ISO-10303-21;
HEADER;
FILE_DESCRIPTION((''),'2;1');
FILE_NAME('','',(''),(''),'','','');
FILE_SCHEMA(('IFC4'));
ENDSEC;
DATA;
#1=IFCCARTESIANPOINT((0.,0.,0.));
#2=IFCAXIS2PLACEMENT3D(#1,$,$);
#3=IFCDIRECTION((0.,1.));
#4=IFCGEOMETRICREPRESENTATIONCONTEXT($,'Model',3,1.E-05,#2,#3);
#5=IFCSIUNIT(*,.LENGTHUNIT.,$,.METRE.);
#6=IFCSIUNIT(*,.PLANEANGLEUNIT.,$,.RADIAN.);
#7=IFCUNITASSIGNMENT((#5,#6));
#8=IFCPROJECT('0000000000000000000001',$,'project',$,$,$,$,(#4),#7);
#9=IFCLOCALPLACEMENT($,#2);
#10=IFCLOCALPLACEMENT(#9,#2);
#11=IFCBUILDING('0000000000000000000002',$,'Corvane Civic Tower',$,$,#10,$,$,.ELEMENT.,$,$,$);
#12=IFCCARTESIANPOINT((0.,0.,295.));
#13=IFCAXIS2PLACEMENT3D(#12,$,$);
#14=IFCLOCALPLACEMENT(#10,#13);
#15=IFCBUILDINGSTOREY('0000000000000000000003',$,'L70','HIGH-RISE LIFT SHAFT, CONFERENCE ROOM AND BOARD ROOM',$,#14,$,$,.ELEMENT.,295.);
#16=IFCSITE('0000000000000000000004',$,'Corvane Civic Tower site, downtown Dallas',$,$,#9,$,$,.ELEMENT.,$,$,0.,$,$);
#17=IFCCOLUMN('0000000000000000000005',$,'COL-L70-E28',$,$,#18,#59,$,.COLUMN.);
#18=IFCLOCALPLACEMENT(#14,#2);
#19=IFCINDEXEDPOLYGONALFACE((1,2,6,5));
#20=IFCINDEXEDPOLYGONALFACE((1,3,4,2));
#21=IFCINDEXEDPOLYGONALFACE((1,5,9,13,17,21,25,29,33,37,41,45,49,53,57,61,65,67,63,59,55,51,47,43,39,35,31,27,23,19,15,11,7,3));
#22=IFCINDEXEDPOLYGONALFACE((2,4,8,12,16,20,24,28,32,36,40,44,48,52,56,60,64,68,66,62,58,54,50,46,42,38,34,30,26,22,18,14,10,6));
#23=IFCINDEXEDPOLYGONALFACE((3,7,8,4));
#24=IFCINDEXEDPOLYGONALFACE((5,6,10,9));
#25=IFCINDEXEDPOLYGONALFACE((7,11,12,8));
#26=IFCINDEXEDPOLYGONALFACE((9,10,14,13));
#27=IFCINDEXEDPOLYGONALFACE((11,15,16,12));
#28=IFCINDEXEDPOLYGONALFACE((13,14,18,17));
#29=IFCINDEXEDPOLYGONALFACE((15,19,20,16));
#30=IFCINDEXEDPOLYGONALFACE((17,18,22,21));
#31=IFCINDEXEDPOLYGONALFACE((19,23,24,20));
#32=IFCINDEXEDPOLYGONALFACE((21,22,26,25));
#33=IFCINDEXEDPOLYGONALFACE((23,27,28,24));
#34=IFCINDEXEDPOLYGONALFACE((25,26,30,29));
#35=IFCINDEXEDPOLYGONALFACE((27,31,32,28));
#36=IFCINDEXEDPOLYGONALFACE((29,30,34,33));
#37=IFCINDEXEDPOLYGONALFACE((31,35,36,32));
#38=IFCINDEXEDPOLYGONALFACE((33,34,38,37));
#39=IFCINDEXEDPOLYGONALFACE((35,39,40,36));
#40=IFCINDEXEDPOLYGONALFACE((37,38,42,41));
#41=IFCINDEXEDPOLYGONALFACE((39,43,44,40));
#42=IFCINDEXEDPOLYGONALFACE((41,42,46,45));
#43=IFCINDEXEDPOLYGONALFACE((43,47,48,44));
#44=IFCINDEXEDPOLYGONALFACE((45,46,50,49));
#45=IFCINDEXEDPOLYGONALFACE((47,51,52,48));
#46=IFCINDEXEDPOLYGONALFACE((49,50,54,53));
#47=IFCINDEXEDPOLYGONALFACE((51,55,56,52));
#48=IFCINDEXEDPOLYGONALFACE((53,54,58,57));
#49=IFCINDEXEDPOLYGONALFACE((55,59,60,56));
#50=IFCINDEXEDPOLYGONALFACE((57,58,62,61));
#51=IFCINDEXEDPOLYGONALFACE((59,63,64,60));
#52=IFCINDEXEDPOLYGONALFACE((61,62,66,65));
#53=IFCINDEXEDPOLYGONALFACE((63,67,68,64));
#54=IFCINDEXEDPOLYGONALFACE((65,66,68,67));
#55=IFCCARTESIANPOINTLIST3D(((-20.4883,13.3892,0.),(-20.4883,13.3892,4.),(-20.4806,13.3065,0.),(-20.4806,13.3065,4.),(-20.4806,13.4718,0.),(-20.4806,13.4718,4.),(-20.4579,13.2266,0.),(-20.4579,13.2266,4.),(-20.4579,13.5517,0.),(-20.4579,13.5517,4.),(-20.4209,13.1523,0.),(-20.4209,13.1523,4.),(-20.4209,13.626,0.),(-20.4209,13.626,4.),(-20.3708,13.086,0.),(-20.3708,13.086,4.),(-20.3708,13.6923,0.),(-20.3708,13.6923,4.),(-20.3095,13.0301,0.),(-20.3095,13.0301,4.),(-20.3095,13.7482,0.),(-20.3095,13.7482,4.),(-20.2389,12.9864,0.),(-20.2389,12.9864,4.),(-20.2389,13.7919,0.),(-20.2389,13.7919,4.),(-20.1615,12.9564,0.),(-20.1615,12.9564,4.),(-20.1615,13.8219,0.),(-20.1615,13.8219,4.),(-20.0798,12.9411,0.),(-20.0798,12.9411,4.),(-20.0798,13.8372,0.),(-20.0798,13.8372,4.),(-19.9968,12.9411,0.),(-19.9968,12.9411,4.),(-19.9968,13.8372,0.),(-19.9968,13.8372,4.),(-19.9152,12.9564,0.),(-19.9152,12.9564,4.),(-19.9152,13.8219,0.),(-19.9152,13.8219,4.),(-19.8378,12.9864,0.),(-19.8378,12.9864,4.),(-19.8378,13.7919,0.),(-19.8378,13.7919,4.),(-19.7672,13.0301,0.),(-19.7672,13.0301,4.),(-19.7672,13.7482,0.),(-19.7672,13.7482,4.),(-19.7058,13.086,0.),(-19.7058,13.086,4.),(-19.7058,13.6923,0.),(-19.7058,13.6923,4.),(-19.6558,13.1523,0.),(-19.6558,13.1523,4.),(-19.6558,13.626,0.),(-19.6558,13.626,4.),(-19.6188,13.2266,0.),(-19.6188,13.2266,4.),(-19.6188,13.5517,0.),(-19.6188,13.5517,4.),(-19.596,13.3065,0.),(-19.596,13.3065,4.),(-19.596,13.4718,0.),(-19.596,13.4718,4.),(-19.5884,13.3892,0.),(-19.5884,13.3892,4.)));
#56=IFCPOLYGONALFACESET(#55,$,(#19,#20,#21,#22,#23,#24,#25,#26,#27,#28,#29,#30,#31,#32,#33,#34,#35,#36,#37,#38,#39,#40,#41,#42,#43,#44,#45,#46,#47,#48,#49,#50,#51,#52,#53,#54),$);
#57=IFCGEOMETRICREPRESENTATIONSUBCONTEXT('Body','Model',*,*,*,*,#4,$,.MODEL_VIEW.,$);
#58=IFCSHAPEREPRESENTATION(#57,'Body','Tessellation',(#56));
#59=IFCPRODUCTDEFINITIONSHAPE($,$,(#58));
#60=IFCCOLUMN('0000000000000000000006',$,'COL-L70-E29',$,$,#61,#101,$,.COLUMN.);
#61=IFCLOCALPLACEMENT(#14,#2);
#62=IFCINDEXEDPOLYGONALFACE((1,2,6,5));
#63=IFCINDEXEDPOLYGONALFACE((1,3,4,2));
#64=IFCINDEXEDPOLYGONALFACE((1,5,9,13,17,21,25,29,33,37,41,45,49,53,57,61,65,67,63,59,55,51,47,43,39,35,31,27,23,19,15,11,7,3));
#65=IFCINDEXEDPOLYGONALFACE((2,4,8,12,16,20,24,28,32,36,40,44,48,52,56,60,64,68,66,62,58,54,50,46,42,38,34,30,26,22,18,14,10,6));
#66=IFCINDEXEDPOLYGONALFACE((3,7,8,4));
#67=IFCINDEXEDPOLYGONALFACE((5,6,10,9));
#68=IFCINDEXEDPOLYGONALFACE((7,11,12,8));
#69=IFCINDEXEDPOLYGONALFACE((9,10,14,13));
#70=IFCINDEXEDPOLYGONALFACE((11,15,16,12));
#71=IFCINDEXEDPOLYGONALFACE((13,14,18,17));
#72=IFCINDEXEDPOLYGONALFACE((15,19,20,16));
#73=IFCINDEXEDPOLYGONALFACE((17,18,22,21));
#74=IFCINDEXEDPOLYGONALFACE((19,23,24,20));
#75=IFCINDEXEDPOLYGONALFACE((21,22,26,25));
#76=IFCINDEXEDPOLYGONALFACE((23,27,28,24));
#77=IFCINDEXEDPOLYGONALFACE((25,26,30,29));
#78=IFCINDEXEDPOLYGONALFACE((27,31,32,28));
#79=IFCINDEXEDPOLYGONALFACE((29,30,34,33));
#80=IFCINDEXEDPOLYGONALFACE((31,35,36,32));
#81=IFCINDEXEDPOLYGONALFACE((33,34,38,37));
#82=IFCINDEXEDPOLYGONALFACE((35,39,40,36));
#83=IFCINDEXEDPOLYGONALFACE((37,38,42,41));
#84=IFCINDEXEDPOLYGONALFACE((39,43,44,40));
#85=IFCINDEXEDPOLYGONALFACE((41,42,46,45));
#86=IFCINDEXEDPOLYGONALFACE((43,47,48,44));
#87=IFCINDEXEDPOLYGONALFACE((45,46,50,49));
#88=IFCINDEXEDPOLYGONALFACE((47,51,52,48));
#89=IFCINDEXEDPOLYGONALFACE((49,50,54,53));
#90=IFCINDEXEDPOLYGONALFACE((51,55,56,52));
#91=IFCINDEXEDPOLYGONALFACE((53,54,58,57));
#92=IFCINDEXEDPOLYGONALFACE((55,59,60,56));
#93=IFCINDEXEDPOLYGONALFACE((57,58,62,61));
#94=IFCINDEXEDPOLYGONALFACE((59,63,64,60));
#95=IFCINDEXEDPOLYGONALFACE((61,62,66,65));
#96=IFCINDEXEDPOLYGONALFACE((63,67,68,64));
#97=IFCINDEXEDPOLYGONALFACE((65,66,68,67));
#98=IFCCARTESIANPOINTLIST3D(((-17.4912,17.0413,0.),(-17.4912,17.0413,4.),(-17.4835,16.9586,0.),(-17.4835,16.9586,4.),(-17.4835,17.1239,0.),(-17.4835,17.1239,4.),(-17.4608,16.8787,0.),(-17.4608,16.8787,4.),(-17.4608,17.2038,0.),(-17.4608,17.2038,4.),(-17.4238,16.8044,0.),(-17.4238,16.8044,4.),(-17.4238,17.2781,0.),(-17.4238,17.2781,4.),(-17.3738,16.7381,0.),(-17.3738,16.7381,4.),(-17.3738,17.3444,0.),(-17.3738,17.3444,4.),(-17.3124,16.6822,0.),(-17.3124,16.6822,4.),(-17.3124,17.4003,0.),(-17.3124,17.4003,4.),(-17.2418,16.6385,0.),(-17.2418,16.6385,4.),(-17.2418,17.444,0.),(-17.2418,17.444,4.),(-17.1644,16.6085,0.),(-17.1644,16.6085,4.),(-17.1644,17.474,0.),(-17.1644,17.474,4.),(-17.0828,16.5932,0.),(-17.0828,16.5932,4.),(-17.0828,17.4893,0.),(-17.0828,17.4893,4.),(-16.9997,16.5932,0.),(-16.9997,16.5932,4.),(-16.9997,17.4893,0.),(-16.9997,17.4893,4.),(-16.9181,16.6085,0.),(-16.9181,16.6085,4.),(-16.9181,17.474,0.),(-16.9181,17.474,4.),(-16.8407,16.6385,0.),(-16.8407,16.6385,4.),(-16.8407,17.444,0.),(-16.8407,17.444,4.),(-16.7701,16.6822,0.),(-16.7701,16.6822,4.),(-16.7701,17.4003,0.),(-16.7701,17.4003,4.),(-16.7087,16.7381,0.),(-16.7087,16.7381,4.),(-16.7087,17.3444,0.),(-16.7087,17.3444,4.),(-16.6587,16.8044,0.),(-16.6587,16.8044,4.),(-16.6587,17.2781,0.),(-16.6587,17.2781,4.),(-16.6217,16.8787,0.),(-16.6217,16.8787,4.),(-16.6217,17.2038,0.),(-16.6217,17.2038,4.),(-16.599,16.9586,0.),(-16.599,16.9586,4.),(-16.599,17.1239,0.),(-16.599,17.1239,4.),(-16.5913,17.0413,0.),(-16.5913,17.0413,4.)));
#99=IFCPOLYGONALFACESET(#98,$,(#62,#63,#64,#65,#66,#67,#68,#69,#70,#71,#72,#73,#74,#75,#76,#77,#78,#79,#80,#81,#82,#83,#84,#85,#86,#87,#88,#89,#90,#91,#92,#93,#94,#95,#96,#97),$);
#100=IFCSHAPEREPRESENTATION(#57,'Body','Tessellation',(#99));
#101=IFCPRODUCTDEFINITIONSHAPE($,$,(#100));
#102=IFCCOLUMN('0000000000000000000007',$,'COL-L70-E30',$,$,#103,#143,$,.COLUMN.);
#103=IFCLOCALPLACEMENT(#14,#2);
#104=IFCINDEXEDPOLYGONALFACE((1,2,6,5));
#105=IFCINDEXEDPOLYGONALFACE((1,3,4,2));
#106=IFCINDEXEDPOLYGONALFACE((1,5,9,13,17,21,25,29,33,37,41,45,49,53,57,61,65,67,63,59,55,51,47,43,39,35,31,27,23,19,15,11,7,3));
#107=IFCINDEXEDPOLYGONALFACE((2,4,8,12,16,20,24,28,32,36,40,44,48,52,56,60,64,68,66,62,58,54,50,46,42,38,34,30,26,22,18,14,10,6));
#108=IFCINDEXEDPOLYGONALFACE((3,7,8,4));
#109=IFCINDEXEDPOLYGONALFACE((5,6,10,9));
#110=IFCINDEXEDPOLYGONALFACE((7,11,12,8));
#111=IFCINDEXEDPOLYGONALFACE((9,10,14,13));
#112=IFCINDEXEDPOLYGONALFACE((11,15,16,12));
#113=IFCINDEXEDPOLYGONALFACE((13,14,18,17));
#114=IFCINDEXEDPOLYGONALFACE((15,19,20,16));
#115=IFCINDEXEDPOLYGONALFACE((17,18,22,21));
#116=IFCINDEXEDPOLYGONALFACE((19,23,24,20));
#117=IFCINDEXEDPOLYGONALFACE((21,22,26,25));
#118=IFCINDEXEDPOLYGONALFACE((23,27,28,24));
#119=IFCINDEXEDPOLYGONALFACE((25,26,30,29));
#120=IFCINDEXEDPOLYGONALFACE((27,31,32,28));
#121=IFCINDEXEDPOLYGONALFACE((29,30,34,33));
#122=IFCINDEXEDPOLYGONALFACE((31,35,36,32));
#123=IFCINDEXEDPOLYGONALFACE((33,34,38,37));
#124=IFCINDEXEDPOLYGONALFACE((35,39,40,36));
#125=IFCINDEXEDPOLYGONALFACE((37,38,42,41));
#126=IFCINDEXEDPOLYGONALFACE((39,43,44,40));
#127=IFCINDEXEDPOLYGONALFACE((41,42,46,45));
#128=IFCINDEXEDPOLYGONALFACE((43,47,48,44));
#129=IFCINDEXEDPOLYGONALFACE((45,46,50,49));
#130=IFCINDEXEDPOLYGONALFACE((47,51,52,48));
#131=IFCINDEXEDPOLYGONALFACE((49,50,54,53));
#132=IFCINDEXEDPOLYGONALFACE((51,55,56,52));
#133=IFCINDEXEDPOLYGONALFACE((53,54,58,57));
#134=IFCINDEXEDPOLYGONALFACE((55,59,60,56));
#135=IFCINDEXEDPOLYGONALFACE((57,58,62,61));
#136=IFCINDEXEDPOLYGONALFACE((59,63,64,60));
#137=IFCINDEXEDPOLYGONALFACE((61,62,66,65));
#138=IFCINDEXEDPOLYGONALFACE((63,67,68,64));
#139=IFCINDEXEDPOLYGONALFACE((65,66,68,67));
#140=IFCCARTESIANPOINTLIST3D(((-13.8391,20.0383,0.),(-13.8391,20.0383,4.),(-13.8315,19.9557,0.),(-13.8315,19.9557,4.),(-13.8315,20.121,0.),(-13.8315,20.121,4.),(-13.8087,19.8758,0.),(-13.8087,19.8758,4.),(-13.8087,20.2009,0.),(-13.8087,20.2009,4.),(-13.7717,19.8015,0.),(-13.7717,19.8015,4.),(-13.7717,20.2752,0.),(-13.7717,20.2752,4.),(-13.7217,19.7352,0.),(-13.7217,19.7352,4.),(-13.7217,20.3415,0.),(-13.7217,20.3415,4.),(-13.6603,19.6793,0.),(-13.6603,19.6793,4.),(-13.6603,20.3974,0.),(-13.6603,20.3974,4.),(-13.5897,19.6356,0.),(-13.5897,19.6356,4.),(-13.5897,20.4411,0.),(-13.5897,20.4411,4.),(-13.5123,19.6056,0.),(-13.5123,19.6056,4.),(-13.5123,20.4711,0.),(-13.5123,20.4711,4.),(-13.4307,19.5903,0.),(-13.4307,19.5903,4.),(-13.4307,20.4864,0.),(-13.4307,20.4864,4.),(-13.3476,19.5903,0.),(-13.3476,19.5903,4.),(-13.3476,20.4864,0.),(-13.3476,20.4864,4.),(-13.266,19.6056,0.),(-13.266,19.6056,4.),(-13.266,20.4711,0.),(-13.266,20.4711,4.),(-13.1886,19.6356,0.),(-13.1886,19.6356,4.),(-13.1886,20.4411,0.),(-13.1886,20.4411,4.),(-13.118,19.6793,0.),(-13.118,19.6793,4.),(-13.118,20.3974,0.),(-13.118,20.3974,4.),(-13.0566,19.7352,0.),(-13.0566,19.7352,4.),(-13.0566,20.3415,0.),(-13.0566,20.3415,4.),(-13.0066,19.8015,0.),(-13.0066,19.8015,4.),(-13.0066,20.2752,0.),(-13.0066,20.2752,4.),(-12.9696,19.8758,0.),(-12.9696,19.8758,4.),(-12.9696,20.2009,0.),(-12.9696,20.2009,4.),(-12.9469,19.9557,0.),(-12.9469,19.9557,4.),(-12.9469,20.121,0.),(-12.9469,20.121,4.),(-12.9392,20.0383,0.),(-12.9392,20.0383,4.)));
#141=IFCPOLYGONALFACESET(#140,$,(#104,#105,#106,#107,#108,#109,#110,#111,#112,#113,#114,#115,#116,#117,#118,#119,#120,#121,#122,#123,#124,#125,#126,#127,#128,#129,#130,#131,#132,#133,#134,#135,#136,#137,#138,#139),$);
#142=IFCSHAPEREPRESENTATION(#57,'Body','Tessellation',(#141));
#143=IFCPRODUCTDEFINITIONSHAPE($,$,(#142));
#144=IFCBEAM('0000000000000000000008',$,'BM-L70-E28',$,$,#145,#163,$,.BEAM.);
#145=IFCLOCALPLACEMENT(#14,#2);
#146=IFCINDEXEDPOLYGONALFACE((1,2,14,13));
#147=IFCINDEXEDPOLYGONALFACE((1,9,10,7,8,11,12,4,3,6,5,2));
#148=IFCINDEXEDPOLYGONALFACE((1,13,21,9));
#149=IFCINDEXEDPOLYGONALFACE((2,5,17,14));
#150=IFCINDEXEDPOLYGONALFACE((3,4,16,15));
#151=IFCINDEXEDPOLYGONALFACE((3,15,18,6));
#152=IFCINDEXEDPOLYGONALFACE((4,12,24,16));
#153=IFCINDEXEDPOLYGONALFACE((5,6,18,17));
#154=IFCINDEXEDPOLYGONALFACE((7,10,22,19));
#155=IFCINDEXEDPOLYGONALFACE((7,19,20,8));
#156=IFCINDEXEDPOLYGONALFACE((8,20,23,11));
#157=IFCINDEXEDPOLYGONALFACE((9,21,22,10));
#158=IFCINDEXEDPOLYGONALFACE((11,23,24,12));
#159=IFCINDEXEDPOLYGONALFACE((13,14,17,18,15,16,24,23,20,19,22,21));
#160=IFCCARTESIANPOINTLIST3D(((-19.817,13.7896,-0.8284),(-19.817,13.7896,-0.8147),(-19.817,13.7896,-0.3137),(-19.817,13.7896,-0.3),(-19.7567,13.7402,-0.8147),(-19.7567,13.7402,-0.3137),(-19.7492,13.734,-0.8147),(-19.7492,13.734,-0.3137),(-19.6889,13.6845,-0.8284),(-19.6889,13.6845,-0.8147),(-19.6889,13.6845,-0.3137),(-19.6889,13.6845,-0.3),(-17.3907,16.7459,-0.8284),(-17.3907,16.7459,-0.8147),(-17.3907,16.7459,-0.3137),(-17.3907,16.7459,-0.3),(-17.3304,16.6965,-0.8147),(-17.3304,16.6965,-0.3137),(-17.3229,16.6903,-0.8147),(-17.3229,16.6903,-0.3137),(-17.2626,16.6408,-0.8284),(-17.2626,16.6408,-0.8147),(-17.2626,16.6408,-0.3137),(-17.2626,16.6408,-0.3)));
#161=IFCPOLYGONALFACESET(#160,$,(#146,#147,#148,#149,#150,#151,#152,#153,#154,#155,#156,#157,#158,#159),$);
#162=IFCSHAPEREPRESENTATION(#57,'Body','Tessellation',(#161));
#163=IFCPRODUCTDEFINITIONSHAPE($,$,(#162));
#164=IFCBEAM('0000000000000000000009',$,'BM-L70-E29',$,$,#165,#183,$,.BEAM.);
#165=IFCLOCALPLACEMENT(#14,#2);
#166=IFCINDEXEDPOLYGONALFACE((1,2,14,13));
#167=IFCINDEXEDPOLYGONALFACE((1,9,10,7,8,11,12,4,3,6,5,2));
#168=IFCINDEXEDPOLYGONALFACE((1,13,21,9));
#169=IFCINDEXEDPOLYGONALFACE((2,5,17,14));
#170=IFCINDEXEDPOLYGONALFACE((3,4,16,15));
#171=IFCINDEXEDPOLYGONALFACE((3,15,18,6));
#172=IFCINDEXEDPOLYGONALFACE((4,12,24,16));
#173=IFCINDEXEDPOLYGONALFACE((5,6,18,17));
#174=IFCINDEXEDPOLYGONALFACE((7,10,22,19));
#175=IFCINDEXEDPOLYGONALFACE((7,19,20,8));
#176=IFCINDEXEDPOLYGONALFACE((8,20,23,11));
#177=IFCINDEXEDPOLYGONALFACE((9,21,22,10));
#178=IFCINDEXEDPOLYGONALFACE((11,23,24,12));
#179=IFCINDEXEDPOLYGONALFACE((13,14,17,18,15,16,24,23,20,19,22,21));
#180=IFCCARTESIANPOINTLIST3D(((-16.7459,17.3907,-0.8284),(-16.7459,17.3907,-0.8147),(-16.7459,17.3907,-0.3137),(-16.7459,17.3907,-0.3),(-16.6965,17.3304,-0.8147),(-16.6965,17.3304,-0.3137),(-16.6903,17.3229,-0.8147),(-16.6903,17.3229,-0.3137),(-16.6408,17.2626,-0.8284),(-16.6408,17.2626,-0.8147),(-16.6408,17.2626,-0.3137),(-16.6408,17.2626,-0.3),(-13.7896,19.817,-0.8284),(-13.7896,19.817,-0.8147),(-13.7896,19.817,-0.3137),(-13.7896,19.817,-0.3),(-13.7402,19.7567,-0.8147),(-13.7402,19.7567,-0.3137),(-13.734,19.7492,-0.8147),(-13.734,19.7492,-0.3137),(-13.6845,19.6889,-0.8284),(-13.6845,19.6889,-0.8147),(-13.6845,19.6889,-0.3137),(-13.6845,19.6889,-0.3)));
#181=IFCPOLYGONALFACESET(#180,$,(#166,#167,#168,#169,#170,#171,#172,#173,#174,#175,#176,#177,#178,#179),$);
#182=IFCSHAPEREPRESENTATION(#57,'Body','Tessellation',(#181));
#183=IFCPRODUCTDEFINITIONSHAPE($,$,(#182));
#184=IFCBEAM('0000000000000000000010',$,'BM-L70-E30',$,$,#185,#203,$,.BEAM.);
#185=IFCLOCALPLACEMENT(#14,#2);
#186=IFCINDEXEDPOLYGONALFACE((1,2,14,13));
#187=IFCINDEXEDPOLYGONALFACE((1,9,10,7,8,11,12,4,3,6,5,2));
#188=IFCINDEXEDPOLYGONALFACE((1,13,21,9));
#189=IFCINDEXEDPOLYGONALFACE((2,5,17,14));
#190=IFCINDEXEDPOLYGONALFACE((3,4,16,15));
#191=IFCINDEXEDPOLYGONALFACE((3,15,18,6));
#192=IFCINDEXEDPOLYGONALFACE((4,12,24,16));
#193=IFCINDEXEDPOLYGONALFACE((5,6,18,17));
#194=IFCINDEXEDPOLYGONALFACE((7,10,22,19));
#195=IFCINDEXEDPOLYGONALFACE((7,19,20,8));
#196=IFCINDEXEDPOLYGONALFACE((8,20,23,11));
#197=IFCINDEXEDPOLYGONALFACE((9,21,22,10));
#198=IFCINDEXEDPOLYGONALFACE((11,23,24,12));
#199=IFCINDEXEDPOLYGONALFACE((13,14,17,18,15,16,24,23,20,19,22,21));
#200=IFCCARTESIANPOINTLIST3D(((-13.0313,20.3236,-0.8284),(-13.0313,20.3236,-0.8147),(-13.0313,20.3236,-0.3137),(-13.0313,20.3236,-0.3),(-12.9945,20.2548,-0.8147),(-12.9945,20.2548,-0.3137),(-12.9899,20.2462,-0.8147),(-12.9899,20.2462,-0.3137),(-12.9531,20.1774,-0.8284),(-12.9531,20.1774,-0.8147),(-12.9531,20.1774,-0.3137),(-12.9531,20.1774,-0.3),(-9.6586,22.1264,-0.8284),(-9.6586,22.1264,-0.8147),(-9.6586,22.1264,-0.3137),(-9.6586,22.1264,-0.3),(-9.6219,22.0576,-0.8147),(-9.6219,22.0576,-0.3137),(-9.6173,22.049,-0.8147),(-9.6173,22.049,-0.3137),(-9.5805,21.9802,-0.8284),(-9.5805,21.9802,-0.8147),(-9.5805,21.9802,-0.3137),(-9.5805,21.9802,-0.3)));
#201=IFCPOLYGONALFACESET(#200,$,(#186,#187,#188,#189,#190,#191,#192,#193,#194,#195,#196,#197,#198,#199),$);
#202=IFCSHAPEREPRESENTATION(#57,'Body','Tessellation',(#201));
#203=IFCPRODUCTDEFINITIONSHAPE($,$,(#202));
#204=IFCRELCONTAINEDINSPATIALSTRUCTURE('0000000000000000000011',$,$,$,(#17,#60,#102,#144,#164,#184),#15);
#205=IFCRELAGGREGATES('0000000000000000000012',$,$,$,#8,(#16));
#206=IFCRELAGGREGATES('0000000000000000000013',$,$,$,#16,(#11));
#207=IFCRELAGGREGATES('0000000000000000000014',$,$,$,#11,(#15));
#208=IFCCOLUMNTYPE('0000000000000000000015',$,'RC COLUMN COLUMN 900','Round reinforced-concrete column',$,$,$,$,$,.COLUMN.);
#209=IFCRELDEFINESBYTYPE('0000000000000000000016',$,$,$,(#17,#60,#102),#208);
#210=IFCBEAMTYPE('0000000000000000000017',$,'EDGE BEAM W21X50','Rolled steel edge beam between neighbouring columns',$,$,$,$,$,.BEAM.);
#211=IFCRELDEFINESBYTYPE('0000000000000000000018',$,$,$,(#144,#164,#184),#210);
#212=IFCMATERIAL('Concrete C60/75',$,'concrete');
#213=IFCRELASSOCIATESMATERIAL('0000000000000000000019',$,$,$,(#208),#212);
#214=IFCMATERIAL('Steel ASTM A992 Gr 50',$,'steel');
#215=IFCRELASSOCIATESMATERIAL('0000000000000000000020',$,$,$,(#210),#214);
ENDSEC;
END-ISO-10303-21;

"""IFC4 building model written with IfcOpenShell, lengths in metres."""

from ifc_helpers import new_model, si_unit, direction, frame, origin, origin_2d, place, context, subcontext, project, spatial, circle, i_section, extrude, material, material_profile, profile_set, type_object, element, save


model = new_model("IFC4")

# Units and contexts
model_context = context("Model", 3, precision=1e-05, world=origin(), true_north=direction((0.0, 1.0)))
body_context = subcontext(model_context, "Body", "Model", "MODEL_VIEW")
ifc_project = project(units=[si_unit("LENGTHUNIT", "METRE"), si_unit("PLANEANGLEUNIT", "RADIAN")], contexts=[model_context])

# Site, building, storey
site_placement = place(None, origin())
site = spatial("IfcSite", under=ifc_project, at=site_placement, Name="Corvane Civic Tower site, downtown Dallas", CompositionType="ELEMENT", RefElevation=0.0)
building_placement = place(site_placement, origin())
building = spatial("IfcBuilding", under=site, at=building_placement, Name="Corvane Civic Tower", CompositionType="ELEMENT")
storey_placement = place(building_placement, frame((0.0, 0.0, 295.0)))
storey = spatial("IfcBuildingStorey", under=building, at=storey_placement, Name="L70", Description="HIGH-RISE LIFT SHAFT, CONFERENCE ROOM AND BOARD ROOM", CompositionType="ELEMENT", Elevation=295.0)

# Columns
ifc_material_1 = material(Name="Concrete C60/75", Category="concrete")
ifc_material_profile_1 = material_profile(ifc_material_1, circle(Radius=0.45, at=origin_2d()), Name="COLUMN 900")
ifc_profile_set_1 = profile_set([ifc_material_profile_1], Name="Concrete C60/75")
column_type = type_object("IfcColumnType", Name="RC COLUMN COLUMN 900", Description="Round reinforced-concrete column", PredefinedType="COLUMN", material=ifc_profile_set_1)
for number, where, z_axis, x_axis, name in (
    (1, (-20.0383, 13.3892, 0.0), (0.0, 0.0, 1.0), (1.0, 0.0, 0.0), "COL-L70-E28"),
    (2, (-17.0413, 17.0413, 0.0), (0.0, 0.0, 1.0), (1.0, 0.0, 0.0), "COL-L70-E29"),
    (3, (-13.3892, 20.0383, 0.0), (0.0, 0.0, 1.0), (1.0, 0.0, 0.0), "COL-L70-E30"),
):
    element("IfcColumn", number, at=place(storey_placement, frame(where, z_axis=z_axis, x_axis=x_axis)), inside=storey, type_object=column_type, Name=name, PredefinedType="COLUMN", context=body_context, shape_type="SweptSolid", body=[
        extrude(circle(Radius=0.45, at=origin_2d()), origin(), (0.0, 0.0, 1.0), 4.0),
    ])

# Beams
ifc_material_2 = material(Name="Steel ASTM A992 Gr 50", Category="steel")
ifc_material_profile_2 = material_profile(ifc_material_2, i_section(OverallWidth=0.1658, OverallDepth=0.5283, WebThickness=0.0098, FlangeThickness=0.0137, at=origin_2d()), Name="W21X50")
ifc_profile_set_2 = profile_set([ifc_material_profile_2], Name="Steel ASTM A992 Gr 50")
beam_type = type_object("IfcBeamType", Name="EDGE BEAM W21X50", Description="Rolled steel edge beam between neighbouring columns", PredefinedType="BEAM", material=ifc_profile_set_2)
for number, where, z_axis, x_axis, name in (
    (4, (-19.7529, 13.7371, -0.5642), (0.634409, 0.772998, 0.0), (-0.772998, 0.634409, 0.0), "BM-L70-E28"),
    (5, (-16.6934, 17.3267, -0.5642), (0.772998, 0.634409, 0.0), (-0.634409, 0.772998, 0.0), "BM-L70-E29"),
):
    element("IfcBeam", number, at=place(storey_placement, frame(where, z_axis=z_axis, x_axis=x_axis)), inside=storey, type_object=beam_type, Name=name, PredefinedType="BEAM", context=body_context, shape_type="SweptSolid", body=[
        extrude(i_section(OverallWidth=0.1658, OverallDepth=0.5283, WebThickness=0.0098, FlangeThickness=0.0137, at=origin_2d()), origin(), (0.0, 0.0, 1.0), 3.8245),
    ])
beam_placement = place(storey_placement, frame((-12.9922, 20.2505, -0.5642), z_axis=(0.881914, 0.47141, 0.0), x_axis=(-0.47141, 0.881914, 0.0)))
element("IfcBeam", 6, at=beam_placement, inside=storey, type_object=beam_type, Name="BM-L70-E30", PredefinedType="BEAM", context=body_context, shape_type="SweptSolid", body=[
    extrude(i_section(OverallWidth=0.1658, OverallDepth=0.5283, WebThickness=0.0098, FlangeThickness=0.0137, at=origin_2d()), origin(), (0.0, 0.0, 1.0), 3.8242),
])

save(model, "model.ifc")
